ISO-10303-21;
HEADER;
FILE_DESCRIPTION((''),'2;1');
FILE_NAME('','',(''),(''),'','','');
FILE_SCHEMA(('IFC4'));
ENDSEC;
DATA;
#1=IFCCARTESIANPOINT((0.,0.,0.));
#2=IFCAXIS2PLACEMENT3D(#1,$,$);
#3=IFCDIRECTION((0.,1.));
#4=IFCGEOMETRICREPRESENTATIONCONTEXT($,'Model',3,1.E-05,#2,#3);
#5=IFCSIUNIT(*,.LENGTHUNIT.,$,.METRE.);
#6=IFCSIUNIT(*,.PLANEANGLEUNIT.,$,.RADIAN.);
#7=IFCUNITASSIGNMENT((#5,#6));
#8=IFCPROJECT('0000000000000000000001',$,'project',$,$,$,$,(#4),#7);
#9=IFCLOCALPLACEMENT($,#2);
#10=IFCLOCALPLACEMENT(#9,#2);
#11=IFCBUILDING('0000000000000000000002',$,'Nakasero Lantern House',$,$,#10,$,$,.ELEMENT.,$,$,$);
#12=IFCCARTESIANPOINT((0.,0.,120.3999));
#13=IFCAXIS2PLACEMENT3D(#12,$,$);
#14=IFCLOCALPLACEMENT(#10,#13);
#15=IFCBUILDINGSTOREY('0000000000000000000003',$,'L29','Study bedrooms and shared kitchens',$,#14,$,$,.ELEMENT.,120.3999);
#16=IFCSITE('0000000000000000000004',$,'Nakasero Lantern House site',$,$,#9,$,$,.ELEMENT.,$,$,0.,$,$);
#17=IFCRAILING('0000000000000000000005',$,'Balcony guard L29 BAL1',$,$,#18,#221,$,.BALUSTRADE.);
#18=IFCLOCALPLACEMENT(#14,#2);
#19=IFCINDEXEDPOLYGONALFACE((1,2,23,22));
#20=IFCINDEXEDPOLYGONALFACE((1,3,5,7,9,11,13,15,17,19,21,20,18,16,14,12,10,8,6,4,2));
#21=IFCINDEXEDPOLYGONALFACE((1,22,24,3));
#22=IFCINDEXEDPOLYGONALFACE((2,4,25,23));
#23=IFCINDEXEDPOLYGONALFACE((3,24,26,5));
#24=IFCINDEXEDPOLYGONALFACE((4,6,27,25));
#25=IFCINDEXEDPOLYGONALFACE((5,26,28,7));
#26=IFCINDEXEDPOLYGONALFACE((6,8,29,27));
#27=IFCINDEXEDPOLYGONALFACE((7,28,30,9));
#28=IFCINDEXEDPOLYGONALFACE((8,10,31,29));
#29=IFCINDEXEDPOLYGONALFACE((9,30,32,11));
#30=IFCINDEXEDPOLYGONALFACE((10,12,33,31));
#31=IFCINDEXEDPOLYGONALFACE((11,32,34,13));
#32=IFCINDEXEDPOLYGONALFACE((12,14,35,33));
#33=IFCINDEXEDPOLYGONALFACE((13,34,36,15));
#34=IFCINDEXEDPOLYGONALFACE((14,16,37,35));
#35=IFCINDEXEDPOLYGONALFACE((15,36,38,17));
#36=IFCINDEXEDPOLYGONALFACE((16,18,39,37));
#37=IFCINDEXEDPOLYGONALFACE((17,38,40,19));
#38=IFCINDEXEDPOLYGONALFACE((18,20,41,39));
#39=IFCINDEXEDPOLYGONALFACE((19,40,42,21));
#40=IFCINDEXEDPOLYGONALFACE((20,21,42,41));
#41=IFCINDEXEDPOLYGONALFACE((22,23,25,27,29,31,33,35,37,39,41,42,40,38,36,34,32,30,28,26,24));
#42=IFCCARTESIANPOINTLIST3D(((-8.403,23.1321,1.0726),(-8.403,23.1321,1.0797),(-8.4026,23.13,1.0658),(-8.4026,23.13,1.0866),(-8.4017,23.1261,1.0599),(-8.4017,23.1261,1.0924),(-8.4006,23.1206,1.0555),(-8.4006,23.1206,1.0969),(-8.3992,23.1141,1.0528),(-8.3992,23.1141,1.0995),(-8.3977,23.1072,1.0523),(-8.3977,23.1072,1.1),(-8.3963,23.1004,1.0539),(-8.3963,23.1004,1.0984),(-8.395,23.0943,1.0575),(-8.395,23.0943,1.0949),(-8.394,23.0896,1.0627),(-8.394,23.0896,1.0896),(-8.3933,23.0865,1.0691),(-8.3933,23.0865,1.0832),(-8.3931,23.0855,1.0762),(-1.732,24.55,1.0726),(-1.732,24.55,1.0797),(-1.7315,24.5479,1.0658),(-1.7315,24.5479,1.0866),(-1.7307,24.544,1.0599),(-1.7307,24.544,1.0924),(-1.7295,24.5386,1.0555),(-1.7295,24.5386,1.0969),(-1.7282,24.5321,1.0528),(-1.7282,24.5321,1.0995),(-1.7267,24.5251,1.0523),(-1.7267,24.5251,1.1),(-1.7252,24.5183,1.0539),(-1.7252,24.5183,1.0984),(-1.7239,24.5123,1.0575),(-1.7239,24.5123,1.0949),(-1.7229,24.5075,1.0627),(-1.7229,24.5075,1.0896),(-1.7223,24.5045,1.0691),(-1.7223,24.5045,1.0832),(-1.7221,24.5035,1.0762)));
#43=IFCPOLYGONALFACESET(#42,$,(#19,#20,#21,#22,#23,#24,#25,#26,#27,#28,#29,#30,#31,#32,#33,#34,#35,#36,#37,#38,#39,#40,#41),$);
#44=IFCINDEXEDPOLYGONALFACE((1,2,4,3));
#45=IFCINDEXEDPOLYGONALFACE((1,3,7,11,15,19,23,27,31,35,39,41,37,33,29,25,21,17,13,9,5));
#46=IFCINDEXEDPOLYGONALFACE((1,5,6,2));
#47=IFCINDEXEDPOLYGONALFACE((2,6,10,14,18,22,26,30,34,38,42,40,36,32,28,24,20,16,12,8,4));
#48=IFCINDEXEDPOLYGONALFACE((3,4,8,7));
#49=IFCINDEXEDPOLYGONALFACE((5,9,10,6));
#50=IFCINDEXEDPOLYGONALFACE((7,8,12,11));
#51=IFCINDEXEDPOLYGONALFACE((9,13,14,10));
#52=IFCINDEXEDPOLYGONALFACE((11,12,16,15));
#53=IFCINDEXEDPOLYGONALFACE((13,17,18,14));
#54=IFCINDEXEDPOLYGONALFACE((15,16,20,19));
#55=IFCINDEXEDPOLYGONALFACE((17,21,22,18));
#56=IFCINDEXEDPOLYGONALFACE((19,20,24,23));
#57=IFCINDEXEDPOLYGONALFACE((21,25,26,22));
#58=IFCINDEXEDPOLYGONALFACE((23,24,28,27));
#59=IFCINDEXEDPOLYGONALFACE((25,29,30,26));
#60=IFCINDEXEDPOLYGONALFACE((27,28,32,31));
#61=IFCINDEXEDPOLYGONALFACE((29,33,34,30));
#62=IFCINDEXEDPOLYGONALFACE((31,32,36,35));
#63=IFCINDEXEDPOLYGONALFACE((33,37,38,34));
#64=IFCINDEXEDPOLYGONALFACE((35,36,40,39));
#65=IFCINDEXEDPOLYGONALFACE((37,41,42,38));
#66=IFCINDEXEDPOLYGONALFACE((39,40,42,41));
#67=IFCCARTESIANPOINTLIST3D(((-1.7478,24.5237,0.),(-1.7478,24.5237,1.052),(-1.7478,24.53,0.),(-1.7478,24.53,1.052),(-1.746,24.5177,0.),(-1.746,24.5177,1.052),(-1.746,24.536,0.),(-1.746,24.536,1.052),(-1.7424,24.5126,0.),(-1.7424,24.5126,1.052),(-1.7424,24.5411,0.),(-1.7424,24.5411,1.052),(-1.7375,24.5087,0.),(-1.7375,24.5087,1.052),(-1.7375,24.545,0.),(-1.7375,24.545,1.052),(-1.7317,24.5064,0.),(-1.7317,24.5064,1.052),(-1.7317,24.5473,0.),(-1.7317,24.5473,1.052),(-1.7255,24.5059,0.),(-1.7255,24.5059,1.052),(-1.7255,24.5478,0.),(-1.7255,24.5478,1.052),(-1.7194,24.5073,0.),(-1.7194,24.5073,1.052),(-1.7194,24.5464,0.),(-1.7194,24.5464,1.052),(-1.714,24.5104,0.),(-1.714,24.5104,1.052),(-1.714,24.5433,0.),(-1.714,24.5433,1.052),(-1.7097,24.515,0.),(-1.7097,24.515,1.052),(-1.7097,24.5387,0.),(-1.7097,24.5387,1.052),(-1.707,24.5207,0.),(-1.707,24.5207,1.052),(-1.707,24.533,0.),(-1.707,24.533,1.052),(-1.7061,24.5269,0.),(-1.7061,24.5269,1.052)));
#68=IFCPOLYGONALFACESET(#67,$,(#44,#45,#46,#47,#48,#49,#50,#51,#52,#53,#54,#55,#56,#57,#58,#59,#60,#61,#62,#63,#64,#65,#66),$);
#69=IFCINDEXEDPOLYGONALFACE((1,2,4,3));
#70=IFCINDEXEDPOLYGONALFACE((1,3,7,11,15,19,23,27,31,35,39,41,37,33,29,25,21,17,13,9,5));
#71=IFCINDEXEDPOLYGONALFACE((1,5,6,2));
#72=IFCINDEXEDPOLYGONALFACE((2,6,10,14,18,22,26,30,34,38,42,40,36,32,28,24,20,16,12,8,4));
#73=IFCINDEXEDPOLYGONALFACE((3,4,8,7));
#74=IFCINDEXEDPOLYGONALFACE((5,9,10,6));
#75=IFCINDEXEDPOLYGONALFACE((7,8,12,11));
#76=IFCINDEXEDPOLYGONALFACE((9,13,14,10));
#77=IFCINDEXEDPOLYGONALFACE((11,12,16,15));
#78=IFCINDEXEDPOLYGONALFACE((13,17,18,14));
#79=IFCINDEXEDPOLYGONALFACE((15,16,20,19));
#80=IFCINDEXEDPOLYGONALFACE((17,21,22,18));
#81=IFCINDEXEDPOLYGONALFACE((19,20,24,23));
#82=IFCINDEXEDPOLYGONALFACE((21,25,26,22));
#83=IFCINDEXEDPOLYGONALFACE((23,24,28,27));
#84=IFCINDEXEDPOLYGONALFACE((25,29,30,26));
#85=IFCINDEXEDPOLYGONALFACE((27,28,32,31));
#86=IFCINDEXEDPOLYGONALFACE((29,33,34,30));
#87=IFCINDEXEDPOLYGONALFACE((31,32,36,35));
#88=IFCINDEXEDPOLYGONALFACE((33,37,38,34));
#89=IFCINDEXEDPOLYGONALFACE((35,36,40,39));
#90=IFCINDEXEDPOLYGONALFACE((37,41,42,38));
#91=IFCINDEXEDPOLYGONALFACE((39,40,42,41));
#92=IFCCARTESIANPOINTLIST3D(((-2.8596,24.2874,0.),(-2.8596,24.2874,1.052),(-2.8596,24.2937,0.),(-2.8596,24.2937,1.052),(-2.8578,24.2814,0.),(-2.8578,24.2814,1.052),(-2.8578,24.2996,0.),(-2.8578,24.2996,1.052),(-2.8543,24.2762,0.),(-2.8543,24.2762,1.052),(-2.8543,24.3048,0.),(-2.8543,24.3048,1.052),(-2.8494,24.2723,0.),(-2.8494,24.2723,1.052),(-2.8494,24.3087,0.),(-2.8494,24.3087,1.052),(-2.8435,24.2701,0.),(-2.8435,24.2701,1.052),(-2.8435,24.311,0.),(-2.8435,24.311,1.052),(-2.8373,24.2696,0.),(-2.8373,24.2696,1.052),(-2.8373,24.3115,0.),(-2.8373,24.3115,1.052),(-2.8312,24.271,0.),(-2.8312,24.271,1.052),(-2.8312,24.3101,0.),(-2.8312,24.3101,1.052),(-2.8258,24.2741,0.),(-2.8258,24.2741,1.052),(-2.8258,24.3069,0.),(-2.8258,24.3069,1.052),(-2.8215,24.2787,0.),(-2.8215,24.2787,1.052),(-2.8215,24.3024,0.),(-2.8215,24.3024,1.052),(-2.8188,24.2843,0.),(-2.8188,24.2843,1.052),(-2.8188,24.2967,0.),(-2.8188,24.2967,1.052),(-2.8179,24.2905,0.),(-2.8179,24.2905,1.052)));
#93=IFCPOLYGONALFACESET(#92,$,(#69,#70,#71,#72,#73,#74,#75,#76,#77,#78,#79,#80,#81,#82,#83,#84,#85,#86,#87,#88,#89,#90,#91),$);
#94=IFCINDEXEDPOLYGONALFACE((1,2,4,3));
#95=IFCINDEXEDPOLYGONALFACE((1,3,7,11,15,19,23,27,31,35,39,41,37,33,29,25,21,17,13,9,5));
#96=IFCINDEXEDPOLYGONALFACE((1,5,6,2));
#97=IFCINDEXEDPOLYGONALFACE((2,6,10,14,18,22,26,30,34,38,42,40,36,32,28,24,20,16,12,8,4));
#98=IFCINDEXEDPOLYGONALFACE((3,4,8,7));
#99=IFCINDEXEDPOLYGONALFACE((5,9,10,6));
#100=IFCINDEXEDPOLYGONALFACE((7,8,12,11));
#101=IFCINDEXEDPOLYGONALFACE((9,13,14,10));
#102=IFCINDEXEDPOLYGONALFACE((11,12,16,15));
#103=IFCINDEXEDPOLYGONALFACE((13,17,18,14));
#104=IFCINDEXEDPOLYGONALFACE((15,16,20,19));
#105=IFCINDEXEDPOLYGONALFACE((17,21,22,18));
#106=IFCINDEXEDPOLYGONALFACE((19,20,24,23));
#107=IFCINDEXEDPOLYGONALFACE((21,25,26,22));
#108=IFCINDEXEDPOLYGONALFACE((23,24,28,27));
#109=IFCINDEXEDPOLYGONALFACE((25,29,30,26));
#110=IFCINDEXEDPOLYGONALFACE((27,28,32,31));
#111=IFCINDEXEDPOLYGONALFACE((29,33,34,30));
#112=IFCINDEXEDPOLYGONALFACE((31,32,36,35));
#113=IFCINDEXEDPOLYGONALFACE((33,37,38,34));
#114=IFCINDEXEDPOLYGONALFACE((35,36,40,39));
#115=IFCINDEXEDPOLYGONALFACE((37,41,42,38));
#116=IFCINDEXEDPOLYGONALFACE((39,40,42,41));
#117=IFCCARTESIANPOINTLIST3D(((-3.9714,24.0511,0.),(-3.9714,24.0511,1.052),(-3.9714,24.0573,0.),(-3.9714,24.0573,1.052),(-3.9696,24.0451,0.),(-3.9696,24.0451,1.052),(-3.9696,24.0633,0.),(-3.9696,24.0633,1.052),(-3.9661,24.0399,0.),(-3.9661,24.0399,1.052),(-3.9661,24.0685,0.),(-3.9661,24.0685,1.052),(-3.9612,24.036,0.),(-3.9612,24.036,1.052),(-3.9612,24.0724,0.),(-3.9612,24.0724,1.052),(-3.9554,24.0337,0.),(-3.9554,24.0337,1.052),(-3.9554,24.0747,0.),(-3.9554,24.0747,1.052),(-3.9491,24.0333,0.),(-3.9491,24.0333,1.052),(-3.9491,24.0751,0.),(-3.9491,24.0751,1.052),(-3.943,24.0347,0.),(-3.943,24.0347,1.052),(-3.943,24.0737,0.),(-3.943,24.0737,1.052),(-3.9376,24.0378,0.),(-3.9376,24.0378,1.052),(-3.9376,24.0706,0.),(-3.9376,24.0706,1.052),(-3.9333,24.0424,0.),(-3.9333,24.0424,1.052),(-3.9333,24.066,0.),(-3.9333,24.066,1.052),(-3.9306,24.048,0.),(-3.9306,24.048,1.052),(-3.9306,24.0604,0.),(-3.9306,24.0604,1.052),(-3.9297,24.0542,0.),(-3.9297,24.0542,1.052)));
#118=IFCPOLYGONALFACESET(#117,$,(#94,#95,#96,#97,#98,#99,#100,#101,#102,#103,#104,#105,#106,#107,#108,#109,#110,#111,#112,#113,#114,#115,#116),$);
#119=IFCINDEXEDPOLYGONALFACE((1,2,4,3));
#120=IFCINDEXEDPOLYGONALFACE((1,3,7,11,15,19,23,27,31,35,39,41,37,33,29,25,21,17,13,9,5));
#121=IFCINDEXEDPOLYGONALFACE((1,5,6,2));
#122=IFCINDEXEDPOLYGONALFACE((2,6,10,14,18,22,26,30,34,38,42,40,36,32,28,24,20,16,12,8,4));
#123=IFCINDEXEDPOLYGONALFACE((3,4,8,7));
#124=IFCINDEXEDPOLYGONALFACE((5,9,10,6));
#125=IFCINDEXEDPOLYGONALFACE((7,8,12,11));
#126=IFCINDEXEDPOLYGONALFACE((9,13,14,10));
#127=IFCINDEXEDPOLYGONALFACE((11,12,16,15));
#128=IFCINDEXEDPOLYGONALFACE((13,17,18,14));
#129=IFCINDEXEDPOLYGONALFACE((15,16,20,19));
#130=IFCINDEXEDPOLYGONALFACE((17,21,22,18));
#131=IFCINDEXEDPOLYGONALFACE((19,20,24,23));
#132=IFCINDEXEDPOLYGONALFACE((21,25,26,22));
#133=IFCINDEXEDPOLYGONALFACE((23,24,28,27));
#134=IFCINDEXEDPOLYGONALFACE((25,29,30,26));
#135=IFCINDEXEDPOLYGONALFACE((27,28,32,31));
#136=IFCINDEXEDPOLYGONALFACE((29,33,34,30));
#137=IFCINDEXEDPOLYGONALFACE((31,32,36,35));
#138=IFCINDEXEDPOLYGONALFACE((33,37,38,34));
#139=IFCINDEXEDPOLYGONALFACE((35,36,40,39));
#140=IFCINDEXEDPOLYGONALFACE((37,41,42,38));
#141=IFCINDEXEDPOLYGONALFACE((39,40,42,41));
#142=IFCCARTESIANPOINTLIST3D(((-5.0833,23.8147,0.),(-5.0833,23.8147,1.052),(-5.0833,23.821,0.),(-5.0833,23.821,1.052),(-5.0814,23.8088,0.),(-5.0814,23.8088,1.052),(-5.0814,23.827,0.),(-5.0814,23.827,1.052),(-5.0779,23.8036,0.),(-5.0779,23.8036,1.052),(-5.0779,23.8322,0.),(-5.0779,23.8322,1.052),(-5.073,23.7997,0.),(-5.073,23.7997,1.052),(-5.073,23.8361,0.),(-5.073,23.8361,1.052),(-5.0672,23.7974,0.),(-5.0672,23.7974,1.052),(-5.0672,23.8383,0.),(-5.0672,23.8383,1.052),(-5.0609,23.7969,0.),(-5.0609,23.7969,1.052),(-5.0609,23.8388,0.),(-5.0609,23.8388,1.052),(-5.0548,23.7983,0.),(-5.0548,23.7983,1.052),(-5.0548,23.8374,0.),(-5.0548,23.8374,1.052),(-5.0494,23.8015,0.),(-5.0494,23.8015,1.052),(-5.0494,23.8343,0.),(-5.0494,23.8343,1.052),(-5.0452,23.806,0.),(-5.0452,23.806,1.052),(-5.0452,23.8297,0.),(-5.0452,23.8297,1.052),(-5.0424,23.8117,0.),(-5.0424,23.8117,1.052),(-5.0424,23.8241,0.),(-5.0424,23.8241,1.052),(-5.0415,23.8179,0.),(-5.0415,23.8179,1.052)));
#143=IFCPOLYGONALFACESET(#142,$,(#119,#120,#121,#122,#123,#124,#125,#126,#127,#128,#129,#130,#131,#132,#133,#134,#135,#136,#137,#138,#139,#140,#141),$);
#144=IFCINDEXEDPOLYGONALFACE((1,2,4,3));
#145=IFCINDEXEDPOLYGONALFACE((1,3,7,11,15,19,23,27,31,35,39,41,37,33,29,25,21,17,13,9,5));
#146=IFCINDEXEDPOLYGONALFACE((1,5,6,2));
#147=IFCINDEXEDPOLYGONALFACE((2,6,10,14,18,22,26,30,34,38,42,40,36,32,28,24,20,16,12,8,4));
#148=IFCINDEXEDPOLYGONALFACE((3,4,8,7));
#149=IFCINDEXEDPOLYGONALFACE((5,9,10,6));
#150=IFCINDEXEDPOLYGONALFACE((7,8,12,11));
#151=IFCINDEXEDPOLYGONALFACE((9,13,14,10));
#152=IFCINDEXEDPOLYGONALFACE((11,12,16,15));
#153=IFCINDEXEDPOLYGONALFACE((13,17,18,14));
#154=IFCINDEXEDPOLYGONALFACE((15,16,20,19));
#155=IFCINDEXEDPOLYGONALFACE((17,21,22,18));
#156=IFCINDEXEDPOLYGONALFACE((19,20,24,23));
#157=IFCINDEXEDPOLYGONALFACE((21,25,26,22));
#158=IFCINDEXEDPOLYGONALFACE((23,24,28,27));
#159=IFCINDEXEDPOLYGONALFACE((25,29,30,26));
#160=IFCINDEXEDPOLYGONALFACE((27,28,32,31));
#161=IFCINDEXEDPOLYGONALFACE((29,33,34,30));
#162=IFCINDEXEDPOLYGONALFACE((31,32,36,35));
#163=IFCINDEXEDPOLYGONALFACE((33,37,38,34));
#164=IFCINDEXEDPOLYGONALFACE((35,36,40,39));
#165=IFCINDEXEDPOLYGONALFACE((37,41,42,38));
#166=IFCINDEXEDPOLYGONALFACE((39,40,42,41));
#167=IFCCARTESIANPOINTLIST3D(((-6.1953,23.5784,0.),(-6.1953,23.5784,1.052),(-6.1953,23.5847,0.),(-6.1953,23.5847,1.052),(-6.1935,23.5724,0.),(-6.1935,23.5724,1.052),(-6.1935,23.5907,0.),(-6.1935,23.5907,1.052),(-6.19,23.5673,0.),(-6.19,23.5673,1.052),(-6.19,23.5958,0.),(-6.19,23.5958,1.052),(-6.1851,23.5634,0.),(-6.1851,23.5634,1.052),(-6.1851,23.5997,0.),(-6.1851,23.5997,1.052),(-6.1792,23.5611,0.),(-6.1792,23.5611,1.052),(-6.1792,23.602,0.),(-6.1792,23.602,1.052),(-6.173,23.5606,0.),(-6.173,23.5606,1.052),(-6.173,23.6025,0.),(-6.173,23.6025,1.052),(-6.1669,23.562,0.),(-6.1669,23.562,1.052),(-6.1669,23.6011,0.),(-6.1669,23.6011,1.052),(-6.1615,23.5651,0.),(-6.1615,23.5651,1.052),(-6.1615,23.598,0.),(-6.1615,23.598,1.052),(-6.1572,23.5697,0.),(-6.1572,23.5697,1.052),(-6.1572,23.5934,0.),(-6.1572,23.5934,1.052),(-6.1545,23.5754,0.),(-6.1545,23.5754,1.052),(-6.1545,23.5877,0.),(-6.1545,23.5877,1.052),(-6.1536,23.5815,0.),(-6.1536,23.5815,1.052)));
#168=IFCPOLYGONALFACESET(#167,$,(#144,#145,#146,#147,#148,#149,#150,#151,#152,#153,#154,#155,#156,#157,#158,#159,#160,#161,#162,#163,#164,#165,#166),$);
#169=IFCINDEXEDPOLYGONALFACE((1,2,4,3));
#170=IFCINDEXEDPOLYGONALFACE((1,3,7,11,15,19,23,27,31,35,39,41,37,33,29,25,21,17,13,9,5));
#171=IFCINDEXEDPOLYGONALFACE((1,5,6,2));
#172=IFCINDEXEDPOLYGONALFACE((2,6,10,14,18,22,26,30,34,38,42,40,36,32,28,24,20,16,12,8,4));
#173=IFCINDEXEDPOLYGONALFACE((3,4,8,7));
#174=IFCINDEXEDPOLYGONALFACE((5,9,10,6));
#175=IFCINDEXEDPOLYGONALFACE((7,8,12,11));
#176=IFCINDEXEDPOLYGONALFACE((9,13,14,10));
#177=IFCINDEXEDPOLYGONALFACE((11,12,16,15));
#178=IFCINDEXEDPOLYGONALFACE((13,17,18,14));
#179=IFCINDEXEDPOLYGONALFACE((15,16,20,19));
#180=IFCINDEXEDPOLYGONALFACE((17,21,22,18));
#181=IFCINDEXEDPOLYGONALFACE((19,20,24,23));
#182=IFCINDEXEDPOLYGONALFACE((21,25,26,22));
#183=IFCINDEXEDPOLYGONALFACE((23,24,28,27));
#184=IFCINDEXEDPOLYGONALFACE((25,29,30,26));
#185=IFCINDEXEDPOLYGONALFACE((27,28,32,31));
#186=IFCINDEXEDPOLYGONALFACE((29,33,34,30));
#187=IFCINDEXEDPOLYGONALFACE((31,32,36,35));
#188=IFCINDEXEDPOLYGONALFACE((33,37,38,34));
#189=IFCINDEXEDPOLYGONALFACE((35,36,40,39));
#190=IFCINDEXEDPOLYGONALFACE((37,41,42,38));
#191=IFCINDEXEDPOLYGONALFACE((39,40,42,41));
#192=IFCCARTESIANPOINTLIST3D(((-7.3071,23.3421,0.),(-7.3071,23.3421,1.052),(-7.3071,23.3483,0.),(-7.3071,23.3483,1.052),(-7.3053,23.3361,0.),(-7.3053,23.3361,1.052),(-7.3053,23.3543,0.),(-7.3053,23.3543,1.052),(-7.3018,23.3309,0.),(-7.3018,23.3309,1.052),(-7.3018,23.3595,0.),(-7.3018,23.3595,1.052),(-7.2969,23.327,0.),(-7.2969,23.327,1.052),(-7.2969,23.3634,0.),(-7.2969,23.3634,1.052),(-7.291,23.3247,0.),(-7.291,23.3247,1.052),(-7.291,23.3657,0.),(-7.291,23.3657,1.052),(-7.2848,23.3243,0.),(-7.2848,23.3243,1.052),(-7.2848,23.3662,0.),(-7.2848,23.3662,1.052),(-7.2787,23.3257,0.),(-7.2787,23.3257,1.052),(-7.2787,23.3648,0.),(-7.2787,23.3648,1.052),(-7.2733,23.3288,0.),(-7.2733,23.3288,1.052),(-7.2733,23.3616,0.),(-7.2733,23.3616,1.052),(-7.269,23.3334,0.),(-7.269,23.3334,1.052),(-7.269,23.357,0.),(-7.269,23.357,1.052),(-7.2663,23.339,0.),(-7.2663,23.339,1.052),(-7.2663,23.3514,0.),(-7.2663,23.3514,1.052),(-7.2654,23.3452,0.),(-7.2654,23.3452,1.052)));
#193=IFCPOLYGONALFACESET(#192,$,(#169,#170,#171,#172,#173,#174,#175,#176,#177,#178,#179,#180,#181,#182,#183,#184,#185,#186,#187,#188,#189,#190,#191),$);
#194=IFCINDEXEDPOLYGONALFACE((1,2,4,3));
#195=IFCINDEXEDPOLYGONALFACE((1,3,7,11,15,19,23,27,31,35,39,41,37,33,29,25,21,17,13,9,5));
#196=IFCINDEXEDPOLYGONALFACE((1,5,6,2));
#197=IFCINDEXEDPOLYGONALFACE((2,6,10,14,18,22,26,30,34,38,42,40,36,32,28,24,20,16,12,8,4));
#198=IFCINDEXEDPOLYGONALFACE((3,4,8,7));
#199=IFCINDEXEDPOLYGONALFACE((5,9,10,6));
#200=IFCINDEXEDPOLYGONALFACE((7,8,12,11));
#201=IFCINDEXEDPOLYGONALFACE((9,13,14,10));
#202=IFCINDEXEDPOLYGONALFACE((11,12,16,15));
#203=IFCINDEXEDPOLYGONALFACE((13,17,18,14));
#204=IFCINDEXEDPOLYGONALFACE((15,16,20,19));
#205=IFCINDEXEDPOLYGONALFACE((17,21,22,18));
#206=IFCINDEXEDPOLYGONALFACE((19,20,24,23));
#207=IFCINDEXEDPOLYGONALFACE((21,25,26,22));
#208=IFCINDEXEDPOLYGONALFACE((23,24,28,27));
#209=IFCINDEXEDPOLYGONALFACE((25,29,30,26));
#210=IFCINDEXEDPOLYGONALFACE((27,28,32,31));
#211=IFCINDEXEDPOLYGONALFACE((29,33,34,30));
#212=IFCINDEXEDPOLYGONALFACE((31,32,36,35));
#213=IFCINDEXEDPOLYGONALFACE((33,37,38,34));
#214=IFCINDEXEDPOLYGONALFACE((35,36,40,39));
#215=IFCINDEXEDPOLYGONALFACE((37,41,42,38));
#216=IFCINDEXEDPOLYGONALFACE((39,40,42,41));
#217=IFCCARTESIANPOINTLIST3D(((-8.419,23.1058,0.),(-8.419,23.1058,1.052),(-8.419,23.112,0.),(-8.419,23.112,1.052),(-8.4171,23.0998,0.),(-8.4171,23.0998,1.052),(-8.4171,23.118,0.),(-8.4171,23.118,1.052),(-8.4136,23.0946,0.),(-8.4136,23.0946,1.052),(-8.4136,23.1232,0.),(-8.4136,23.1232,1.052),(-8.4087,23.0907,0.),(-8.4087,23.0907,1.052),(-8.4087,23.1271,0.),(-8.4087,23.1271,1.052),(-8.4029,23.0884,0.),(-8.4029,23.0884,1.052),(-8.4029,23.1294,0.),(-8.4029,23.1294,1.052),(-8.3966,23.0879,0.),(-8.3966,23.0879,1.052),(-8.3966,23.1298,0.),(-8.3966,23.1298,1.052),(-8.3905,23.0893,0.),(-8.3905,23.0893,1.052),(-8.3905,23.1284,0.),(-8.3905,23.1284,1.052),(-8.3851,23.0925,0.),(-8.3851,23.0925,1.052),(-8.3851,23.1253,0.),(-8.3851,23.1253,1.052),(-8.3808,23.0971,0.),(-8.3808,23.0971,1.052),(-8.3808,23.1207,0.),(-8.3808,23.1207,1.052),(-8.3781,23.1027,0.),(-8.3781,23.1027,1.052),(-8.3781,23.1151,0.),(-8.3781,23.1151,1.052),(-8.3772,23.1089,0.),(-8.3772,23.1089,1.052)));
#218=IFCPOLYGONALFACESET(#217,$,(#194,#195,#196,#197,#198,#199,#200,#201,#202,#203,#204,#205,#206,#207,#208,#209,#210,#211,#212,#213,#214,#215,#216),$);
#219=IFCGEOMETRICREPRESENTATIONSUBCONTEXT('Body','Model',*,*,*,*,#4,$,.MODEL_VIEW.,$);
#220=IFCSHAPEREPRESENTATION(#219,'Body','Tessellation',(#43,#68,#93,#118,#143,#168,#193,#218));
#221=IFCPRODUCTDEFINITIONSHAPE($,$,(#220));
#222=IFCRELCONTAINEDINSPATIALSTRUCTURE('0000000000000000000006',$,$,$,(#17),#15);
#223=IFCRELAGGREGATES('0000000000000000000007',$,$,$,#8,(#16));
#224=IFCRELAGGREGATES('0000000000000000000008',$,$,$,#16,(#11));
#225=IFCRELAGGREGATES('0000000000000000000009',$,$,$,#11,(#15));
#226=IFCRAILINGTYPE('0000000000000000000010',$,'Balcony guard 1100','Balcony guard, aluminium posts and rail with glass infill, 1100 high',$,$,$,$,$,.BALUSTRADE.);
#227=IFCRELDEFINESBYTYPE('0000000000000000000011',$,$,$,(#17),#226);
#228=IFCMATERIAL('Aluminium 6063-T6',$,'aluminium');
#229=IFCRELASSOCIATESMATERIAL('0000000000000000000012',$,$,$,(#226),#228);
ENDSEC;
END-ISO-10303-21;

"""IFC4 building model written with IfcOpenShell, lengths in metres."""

from ifc_helpers import new_model, si_unit, direction, frame, origin, origin_2d, place, context, subcontext, project, spatial, circle, extrude, material, type_object, element, save


model = new_model("IFC4")

# Units and contexts
model_context = context("Model", 3, precision=1e-05, world=origin(), true_north=direction((0.0, 1.0)))
body_context = subcontext(model_context, "Body", "Model", "MODEL_VIEW")
ifc_project = project(units=[si_unit("LENGTHUNIT", "METRE"), si_unit("PLANEANGLEUNIT", "RADIAN")], contexts=[model_context])

# Site, building, storey
site_placement = place(None, origin())
site = spatial("IfcSite", under=ifc_project, at=site_placement, Name="Nakasero Lantern House site", CompositionType="ELEMENT", RefElevation=0.0)
building_placement = place(site_placement, origin())
building = spatial("IfcBuilding", under=site, at=building_placement, Name="Nakasero Lantern House", CompositionType="ELEMENT")
storey_placement = place(building_placement, frame((0.0, 0.0, 120.3999)))
storey = spatial("IfcBuildingStorey", under=building, at=storey_placement, Name="L29", Description="Study bedrooms and shared kitchens", CompositionType="ELEMENT", Elevation=120.3999)

# Railing
ifc_material_1 = material(Name="Aluminium 6063-T6", Category="aluminium")
railing_type = type_object("IfcRailingType", Name="Balcony guard 1100", Description="Balcony guard, aluminium posts and rail with glass infill, 1100 high", PredefinedType="BALUSTRADE", material=ifc_material_1)
railing_placement = place(storey_placement, frame((-1.7271, 24.5269, 0.0)))
element("IfcRailing", 1, at=railing_placement, inside=storey, type_object=railing_type, Name="Balcony guard L29 BAL1", PredefinedType="BALUSTRADE", context=body_context, shape_type="SweptSolid", body=[
    extrude(circle(Radius=0.0239, at=origin_2d()), frame((0.0, 0.0, 1.0762), z_axis=(-0.978148, -0.207908, 0.0), x_axis=(0.207908, -0.978148, 0.0)), (0.0, 0.0, 1.0), 6.8201),
    extrude(circle(Radius=0.021, at=origin_2d()), origin(), (0.0, 0.0, 1.0), 1.052),
    extrude(circle(Radius=0.021, at=origin_2d()), frame((-1.1118, -0.2363, 0.0)), (0.0, 0.0, 1.0), 1.052),
    extrude(circle(Radius=0.021, at=origin_2d()), frame((-2.2236, -0.4727, 0.0)), (0.0, 0.0, 1.0), 1.052),
    extrude(circle(Radius=0.021, at=origin_2d()), frame((-3.3354, -0.709, 0.0)), (0.0, 0.0, 1.0), 1.052),
    extrude(circle(Radius=0.021, at=origin_2d()), frame((-4.4475, -0.9453, 0.0)), (0.0, 0.0, 1.0), 1.052),
    extrude(circle(Radius=0.021, at=origin_2d()), frame((-5.5593, -1.1816, 0.0)), (0.0, 0.0, 1.0), 1.052),
    extrude(circle(Radius=0.021, at=origin_2d()), frame((-6.6711, -1.418, 0.0)), (0.0, 0.0, 1.0), 1.052),
])

save(model, "model.ifc")
